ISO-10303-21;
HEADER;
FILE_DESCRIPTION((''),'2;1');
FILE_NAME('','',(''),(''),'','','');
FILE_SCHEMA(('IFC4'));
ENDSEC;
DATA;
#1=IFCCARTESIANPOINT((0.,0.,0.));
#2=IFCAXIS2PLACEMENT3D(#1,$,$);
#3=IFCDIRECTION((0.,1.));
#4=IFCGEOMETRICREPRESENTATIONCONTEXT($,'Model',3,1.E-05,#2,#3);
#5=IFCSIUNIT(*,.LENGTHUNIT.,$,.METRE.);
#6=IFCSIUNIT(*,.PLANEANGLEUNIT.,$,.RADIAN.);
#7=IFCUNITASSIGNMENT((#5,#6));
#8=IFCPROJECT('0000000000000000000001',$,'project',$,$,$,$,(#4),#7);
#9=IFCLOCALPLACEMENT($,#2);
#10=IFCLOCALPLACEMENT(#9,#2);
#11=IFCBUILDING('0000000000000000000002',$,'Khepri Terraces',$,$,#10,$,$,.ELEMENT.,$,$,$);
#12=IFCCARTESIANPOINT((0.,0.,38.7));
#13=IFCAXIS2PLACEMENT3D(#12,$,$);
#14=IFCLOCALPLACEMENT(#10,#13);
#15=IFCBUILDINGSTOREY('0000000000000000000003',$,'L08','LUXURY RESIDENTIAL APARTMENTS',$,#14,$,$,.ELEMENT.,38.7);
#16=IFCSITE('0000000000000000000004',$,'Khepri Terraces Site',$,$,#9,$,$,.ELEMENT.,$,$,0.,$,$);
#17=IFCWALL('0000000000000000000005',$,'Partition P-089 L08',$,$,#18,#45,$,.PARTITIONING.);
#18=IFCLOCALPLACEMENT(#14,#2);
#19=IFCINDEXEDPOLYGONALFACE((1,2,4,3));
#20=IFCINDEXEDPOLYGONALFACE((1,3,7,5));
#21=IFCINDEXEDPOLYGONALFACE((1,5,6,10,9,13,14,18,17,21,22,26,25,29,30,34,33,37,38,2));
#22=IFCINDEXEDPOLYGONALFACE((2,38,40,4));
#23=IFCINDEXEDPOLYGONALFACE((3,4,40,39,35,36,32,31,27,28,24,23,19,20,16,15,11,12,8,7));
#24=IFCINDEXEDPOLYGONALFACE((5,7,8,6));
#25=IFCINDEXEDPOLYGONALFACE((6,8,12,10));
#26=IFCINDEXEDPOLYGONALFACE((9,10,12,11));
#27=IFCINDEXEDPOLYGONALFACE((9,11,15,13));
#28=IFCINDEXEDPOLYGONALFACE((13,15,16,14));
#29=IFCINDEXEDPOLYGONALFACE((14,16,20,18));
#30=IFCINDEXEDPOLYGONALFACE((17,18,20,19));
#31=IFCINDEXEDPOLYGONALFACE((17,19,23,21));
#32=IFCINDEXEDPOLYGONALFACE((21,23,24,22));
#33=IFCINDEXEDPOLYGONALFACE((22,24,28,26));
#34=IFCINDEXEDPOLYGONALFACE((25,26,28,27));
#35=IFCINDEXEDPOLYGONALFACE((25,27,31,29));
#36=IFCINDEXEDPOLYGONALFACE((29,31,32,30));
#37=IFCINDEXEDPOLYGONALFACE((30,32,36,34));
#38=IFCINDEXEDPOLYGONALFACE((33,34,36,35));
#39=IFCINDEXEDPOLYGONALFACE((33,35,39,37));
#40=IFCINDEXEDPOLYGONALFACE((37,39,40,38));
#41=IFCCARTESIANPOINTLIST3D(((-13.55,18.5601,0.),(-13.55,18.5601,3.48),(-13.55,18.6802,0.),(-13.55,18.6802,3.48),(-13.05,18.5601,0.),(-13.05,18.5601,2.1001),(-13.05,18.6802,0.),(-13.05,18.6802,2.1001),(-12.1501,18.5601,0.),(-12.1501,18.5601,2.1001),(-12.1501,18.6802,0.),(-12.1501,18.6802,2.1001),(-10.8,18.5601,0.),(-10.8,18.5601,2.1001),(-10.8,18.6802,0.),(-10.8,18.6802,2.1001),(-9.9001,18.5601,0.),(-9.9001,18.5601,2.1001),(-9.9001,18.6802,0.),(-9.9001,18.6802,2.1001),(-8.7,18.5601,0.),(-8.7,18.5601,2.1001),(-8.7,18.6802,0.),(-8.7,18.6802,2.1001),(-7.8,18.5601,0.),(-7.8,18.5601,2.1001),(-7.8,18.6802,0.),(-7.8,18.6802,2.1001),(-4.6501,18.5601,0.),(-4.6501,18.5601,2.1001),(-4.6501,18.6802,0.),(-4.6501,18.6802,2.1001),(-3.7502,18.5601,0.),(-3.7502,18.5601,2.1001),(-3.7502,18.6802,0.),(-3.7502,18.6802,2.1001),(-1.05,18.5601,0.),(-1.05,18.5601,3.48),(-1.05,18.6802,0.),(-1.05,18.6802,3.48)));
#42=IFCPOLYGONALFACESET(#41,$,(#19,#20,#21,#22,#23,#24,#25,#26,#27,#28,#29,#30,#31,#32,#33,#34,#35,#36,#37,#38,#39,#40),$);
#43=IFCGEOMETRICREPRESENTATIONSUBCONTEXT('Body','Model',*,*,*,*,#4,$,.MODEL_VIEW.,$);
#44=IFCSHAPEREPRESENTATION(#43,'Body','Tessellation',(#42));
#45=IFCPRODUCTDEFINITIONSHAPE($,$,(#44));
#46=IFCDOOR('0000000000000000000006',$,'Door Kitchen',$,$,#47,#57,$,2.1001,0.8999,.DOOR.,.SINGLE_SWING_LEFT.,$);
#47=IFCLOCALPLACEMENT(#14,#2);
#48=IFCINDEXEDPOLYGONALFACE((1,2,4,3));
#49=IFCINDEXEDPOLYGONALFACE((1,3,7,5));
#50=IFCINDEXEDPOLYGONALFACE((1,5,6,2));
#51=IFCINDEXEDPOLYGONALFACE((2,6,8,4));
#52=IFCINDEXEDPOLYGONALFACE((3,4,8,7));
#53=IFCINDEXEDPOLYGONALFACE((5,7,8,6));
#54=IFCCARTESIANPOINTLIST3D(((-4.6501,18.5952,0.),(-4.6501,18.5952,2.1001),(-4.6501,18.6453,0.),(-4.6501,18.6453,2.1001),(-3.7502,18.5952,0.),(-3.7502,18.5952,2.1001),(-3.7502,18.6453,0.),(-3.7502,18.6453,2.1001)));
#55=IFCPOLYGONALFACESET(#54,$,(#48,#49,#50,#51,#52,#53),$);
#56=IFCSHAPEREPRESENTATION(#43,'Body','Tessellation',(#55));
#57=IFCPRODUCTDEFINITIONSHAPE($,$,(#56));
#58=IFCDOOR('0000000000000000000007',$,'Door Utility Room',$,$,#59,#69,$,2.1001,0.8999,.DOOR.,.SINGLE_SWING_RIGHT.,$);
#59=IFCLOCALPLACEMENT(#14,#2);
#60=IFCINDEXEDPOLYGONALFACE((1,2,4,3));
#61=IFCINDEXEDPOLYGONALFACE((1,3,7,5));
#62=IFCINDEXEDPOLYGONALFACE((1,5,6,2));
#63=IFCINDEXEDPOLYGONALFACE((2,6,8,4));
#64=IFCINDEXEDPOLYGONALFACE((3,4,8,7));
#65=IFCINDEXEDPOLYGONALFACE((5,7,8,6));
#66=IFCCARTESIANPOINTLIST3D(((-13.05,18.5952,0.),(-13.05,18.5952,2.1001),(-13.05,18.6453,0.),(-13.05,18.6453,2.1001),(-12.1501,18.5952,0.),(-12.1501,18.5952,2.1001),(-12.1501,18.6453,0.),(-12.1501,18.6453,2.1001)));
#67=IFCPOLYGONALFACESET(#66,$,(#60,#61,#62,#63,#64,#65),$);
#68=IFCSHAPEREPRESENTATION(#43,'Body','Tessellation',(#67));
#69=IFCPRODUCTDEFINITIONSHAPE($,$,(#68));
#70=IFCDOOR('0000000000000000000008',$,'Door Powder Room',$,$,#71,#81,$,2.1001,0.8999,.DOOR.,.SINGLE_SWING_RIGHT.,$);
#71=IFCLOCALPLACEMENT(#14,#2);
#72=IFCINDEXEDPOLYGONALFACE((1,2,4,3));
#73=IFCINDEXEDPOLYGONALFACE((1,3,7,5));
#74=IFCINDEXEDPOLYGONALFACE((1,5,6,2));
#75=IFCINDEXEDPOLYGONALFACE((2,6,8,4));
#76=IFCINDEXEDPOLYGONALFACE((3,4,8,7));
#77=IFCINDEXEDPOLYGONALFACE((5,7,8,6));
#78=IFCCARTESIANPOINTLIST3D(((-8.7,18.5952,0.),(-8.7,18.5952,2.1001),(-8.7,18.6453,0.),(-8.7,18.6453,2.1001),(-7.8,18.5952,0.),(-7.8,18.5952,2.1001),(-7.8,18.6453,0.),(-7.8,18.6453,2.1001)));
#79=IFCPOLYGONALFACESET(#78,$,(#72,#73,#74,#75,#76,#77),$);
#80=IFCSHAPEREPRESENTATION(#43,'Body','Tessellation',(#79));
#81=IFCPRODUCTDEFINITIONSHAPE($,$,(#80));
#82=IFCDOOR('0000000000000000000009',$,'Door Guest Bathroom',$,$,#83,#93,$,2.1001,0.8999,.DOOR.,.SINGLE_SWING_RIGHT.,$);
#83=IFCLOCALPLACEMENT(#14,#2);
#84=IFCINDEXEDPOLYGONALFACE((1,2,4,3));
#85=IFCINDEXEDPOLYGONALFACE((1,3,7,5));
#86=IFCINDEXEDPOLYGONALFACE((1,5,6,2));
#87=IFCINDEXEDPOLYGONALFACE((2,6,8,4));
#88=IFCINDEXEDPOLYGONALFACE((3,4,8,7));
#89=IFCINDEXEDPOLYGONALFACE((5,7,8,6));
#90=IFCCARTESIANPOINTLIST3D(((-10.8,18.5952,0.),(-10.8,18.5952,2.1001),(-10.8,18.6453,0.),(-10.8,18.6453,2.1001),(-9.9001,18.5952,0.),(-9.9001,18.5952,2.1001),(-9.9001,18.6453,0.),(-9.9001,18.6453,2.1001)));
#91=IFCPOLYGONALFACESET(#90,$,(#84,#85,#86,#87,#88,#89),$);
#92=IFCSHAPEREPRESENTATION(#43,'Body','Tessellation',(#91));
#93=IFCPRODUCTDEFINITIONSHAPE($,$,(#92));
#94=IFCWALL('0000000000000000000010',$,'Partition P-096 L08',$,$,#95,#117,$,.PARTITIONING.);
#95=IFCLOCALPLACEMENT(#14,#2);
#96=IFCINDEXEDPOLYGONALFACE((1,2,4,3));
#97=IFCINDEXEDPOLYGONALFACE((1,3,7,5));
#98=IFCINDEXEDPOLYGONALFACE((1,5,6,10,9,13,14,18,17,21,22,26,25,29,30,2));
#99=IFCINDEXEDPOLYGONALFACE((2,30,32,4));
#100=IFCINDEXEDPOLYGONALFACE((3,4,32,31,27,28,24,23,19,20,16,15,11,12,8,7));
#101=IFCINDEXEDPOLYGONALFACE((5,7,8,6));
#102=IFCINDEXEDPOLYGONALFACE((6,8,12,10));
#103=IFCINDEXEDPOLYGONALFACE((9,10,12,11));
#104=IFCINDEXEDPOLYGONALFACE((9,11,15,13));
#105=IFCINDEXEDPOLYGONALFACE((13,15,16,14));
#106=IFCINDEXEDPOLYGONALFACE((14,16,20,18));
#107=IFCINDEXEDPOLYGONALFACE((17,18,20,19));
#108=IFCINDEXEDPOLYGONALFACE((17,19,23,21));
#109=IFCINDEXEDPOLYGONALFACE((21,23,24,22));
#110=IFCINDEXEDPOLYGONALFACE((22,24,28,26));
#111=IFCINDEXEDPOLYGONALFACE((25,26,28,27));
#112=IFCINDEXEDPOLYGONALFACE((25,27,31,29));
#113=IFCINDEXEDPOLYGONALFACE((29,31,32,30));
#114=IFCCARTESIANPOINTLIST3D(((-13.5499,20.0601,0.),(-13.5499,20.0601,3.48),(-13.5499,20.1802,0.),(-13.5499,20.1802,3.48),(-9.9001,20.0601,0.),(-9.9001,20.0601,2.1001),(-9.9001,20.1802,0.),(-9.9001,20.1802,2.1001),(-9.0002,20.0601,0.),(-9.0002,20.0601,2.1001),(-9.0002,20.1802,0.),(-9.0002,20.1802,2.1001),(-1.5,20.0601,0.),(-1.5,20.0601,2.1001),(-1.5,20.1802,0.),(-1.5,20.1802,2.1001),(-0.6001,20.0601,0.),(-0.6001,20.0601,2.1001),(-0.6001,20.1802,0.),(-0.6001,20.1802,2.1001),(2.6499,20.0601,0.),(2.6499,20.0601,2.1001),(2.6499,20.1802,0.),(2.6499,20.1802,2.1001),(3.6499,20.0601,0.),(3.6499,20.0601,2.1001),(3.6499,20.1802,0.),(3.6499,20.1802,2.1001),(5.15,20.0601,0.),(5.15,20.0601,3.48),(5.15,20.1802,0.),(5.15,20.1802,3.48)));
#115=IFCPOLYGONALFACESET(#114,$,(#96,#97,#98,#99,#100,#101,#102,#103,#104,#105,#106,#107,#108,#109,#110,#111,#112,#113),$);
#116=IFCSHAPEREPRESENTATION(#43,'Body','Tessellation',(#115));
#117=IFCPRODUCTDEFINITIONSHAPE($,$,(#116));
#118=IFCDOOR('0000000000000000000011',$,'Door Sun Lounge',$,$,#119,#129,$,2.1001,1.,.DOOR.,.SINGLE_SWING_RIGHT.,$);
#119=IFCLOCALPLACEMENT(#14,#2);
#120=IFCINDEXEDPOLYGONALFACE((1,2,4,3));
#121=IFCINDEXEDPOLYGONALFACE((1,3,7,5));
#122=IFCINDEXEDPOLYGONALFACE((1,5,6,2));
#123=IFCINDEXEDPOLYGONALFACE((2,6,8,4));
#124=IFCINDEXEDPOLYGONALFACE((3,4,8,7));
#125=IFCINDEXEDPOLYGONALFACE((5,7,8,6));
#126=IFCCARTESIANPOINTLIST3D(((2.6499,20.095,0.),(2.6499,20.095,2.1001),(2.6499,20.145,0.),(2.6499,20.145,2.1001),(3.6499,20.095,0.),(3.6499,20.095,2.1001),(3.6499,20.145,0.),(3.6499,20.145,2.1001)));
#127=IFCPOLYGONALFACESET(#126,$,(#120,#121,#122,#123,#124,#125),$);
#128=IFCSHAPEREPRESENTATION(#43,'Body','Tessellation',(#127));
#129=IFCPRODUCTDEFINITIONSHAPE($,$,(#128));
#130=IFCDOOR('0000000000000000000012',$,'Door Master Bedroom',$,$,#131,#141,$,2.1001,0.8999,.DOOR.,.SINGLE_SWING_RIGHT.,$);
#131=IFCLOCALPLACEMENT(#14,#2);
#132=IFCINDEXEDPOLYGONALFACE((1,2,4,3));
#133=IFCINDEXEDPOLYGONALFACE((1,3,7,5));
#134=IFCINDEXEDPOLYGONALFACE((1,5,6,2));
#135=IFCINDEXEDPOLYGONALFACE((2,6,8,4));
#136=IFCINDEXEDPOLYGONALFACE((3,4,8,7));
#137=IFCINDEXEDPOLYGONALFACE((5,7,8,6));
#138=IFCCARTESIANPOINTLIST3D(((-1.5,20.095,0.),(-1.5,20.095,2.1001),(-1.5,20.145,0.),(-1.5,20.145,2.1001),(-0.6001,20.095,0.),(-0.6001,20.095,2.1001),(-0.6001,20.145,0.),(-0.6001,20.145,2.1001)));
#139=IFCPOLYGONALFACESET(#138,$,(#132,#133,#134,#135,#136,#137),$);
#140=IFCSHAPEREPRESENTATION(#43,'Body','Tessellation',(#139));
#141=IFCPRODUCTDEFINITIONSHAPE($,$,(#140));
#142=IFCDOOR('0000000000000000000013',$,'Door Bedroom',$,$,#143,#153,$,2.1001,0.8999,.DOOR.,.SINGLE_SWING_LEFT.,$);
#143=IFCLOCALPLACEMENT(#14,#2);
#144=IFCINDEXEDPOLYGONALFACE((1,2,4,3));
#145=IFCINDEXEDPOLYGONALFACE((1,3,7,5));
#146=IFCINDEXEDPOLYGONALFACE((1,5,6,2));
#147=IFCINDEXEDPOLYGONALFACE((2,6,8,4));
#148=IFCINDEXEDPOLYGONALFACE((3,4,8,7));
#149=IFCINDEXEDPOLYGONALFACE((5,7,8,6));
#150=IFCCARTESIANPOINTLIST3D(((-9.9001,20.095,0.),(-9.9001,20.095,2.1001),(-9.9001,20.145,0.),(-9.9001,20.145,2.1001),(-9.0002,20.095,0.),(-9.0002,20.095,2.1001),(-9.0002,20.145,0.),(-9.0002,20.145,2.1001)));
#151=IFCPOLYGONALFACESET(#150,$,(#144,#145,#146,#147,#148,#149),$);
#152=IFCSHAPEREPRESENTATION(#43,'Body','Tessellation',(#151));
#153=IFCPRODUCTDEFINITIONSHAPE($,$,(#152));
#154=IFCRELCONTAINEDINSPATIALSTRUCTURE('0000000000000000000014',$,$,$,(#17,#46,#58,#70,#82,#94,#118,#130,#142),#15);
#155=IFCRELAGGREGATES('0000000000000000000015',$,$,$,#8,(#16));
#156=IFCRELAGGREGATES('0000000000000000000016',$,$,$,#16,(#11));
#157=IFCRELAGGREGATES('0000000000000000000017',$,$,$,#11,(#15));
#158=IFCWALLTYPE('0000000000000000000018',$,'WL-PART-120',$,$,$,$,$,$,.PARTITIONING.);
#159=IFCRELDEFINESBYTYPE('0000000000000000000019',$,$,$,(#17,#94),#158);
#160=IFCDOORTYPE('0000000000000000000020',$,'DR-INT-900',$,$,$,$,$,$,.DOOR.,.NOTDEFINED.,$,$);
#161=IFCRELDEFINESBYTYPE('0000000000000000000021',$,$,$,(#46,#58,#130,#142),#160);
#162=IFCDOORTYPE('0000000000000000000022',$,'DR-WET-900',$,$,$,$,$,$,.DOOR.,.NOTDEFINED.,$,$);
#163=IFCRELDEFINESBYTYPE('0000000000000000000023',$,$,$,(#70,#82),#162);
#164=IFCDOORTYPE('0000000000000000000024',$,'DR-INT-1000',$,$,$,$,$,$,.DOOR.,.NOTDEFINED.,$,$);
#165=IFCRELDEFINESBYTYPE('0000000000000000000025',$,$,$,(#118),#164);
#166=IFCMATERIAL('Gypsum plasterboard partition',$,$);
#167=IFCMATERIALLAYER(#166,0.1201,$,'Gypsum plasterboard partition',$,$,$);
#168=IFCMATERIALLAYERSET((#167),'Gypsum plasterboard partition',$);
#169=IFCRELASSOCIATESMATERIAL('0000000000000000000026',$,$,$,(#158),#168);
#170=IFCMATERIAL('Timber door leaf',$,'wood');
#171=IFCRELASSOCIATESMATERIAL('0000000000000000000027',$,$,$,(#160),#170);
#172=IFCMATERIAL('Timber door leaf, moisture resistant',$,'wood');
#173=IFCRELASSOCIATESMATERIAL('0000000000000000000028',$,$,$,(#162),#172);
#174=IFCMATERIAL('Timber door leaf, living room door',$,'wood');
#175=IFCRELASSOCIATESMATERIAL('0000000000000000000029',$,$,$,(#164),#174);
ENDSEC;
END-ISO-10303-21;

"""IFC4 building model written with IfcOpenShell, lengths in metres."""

from ifc_helpers import new_model, si_unit, direction, frame, frame_2d, origin, place, context, subcontext, project, spatial, rectangle, extrude, material, layer, layer_set, type_object, element, fill, save


model = new_model("IFC4")

# Units and contexts
model_context = context("Model", 3, precision=1e-05, world=origin(), true_north=direction((0.0, 1.0)))
body_context = subcontext(model_context, "Body", "Model", "MODEL_VIEW")
ifc_project = project(units=[si_unit("LENGTHUNIT", "METRE"), si_unit("PLANEANGLEUNIT", "RADIAN")], contexts=[model_context])

# Site, building, storey
site_placement = place(None, origin())
site = spatial("IfcSite", under=ifc_project, at=site_placement, Name="Khepri Terraces Site", CompositionType="ELEMENT", RefElevation=0.0)
building_placement = place(site_placement, origin())
building = spatial("IfcBuilding", under=site, at=building_placement, Name="Khepri Terraces", CompositionType="ELEMENT")
storey_placement = place(building_placement, frame((0.0, 0.0, 38.7)))
storey = spatial("IfcBuildingStorey", under=building, at=storey_placement, Name="L08", Description="LUXURY RESIDENTIAL APARTMENTS", CompositionType="ELEMENT", Elevation=38.7)

# Shared definitions
ifc_material_1 = material(Name="Gypsum plasterboard partition")
ifc_layer_1 = layer(ifc_material_1, 0.1201, Name="Gypsum plasterboard partition")
ifc_layer_set_1 = layer_set([ifc_layer_1], Name="Gypsum plasterboard partition")
wall_type_1 = type_object("IfcWallType", Name="WL-PART-120", PredefinedType="PARTITIONING", material=ifc_layer_set_1)

# Shared definitions
ifc_material_2 = material(Name="Timber door leaf", Category="wood")
door_type_1 = type_object("IfcDoorType", Name="DR-INT-900", OperationType="NOTDEFINED", PredefinedType="DOOR", material=ifc_material_2)

# Walls, openings, doors
wall_1_placement = place(storey_placement, frame((-13.55, 18.6201, 0.0), z_axis=(0.0, 0.0, 1.0), x_axis=(1.0, 0.0, 0.0)))
wall_1 = element("IfcWall", 1, at=wall_1_placement, inside=storey, type_object=wall_type_1, Name="Partition P-089 L08", PredefinedType="PARTITIONING", context=body_context, shape_type="SweptSolid", body=[
    extrude(rectangle(XDim=12.5, YDim=0.1201, at=frame_2d((6.25, 0.0))), origin(), (0.0, 0.0, 1.0), 3.48),
])
opening_1_placement = place(wall_1_placement, frame((8.8999, 0.0, 0.0)))
opening_1 = element("IfcOpeningElement", 2, at=opening_1_placement, cuts=wall_1, PredefinedType="OPENING", context=body_context, shape_type="SweptSolid", body=[
    extrude(rectangle(XDim=0.8999, YDim=2.1001, at=frame_2d((0.45, 1.05))), frame((0.0, 0.0701, 0.0), z_axis=(0.0, -1.0, 0.0), x_axis=(1.0, 0.0, 0.0)), (0.0, 0.0, 1.0), 0.1401),
])
opening_2_placement = place(wall_1_placement, frame((4.8501, 0.0, 0.0)))
opening_2 = element("IfcOpeningElement", 3, at=opening_2_placement, cuts=wall_1, PredefinedType="OPENING", context=body_context, shape_type="SweptSolid", body=[
    extrude(rectangle(XDim=0.8999, YDim=2.1001, at=frame_2d((0.45, 1.05))), frame((0.0, 0.0701, 0.0), z_axis=(0.0, -1.0, 0.0), x_axis=(1.0, 0.0, 0.0)), (0.0, 0.0, 1.0), 0.1401),
])
opening_3_placement = place(wall_1_placement, frame((2.75, 0.0, 0.0)))
opening_3 = element("IfcOpeningElement", 4, at=opening_3_placement, cuts=wall_1, PredefinedType="OPENING", context=body_context, shape_type="SweptSolid", body=[
    extrude(rectangle(XDim=0.8999, YDim=2.1001, at=frame_2d((0.45, 1.05))), frame((0.0, 0.0701, 0.0), z_axis=(0.0, -1.0, 0.0), x_axis=(1.0, 0.0, 0.0)), (0.0, 0.0, 1.0), 0.1401),
])
opening_4_placement = place(wall_1_placement, frame((0.5, 0.0, 0.0)))
opening_4 = element("IfcOpeningElement", 5, at=opening_4_placement, cuts=wall_1, PredefinedType="OPENING", context=body_context, shape_type="SweptSolid", body=[
    extrude(rectangle(XDim=0.8999, YDim=2.1001, at=frame_2d((0.45, 1.05))), frame((0.0, 0.0701, 0.0), z_axis=(0.0, -1.0, 0.0), x_axis=(1.0, 0.0, 0.0)), (0.0, 0.0, 1.0), 0.1401),
])
door_1_placement = place(opening_1_placement, frame((0.8999, 0.0, 0.0), z_axis=(0.0, 0.0, 1.0), x_axis=(-1.0, 0.0, 0.0)))
door_1 = element("IfcDoor", 6, at=door_1_placement, inside=storey, type_object=door_type_1, Name="Door Kitchen", OperationType="SINGLE_SWING_LEFT", OverallHeight=2.1001, OverallWidth=0.8999, PredefinedType="DOOR", context=body_context, shape_type="SweptSolid", body=[
    extrude(rectangle(XDim=0.8999, YDim=2.1001, at=frame_2d((0.45, 1.05))), frame((0.0, 0.0249, 0.0), z_axis=(0.0, -1.0, 0.0), x_axis=(1.0, 0.0, 0.0)), (0.0, 0.0, 1.0), 0.05),
])
fill(opening_1, door_1)
door_2_placement = place(opening_4_placement, frame((0.8999, 0.0, 0.0), z_axis=(0.0, 0.0, 1.0), x_axis=(-1.0, 0.0, 0.0)))
door_2 = element("IfcDoor", 7, at=door_2_placement, inside=storey, type_object=door_type_1, Name="Door Utility Room", OperationType="SINGLE_SWING_RIGHT", OverallHeight=2.1001, OverallWidth=0.8999, PredefinedType="DOOR", context=body_context, shape_type="SweptSolid", body=[
    extrude(rectangle(XDim=0.8999, YDim=2.1001, at=frame_2d((0.45, 1.05))), frame((0.0, 0.0249, 0.0), z_axis=(0.0, -1.0, 0.0), x_axis=(1.0, 0.0, 0.0)), (0.0, 0.0, 1.0), 0.05),
])
fill(opening_4, door_2)
ifc_material_3 = material(Name="Timber door leaf, moisture resistant", Category="wood")
door_type_2 = type_object("IfcDoorType", Name="DR-WET-900", OperationType="NOTDEFINED", PredefinedType="DOOR", material=ifc_material_3)
door_3_placement = place(opening_2_placement, frame((0.8999, 0.0, 0.0), z_axis=(0.0, 0.0, 1.0), x_axis=(-1.0, 0.0, 0.0)))
door_3 = element("IfcDoor", 8, at=door_3_placement, inside=storey, type_object=door_type_2, Name="Door Powder Room", OperationType="SINGLE_SWING_RIGHT", OverallHeight=2.1001, OverallWidth=0.8999, PredefinedType="DOOR", context=body_context, shape_type="SweptSolid", body=[
    extrude(rectangle(XDim=0.8999, YDim=2.1001, at=frame_2d((0.45, 1.05))), frame((0.0, 0.0249, 0.0), z_axis=(0.0, -1.0, 0.0), x_axis=(1.0, 0.0, 0.0)), (0.0, 0.0, 1.0), 0.05),
])
fill(opening_2, door_3)
door_4_placement = place(opening_3_placement, frame((0.8999, 0.0, 0.0), z_axis=(0.0, 0.0, 1.0), x_axis=(-1.0, 0.0, 0.0)))
door_4 = element("IfcDoor", 9, at=door_4_placement, inside=storey, type_object=door_type_2, Name="Door Guest Bathroom", OperationType="SINGLE_SWING_RIGHT", OverallHeight=2.1001, OverallWidth=0.8999, PredefinedType="DOOR", context=body_context, shape_type="SweptSolid", body=[
    extrude(rectangle(XDim=0.8999, YDim=2.1001, at=frame_2d((0.45, 1.05))), frame((0.0, 0.0249, 0.0), z_axis=(0.0, -1.0, 0.0), x_axis=(1.0, 0.0, 0.0)), (0.0, 0.0, 1.0), 0.05),
])
fill(opening_3, door_4)
wall_2_placement = place(storey_placement, frame((-13.55, 20.1201, 0.0), z_axis=(0.0, 0.0, 1.0), x_axis=(1.0, 0.0, 0.0)))
wall_2 = element("IfcWall", 10, at=wall_2_placement, inside=storey, type_object=wall_type_1, Name="Partition P-096 L08", PredefinedType="PARTITIONING", context=body_context, shape_type="SweptSolid", body=[
    extrude(rectangle(XDim=18.7, YDim=0.1201, at=frame_2d((9.3501, 0.0))), origin(), (0.0, 0.0, 1.0), 3.48),
])
opening_5_placement = place(wall_2_placement, frame((16.2, 0.0, 0.0)))
opening_5 = element("IfcOpeningElement", 11, at=opening_5_placement, cuts=wall_2, PredefinedType="OPENING", context=body_context, shape_type="SweptSolid", body=[
    extrude(rectangle(XDim=1.0, YDim=2.1001, at=frame_2d((0.5, 1.05))), frame((0.0, 0.0701, 0.0), z_axis=(0.0, -1.0, 0.0), x_axis=(1.0, 0.0, 0.0)), (0.0, 0.0, 1.0), 0.1401),
])
opening_6_placement = place(wall_2_placement, frame((12.05, 0.0, 0.0)))
opening_6 = element("IfcOpeningElement", 12, at=opening_6_placement, cuts=wall_2, PredefinedType="OPENING", context=body_context, shape_type="SweptSolid", body=[
    extrude(rectangle(XDim=0.8999, YDim=2.1001, at=frame_2d((0.45, 1.05))), frame((0.0, 0.0701, 0.0), z_axis=(0.0, -1.0, 0.0), x_axis=(1.0, 0.0, 0.0)), (0.0, 0.0, 1.0), 0.1401),
])
opening_7_placement = place(wall_2_placement, frame((3.6499, 0.0, 0.0)))
opening_7 = element("IfcOpeningElement", 13, at=opening_7_placement, cuts=wall_2, PredefinedType="OPENING", context=body_context, shape_type="SweptSolid", body=[
    extrude(rectangle(XDim=0.8999, YDim=2.1001, at=frame_2d((0.45, 1.05))), frame((0.0, 0.0701, 0.0), z_axis=(0.0, -1.0, 0.0), x_axis=(1.0, 0.0, 0.0)), (0.0, 0.0, 1.0), 0.1401),
])
ifc_material_4 = material(Name="Timber door leaf, living room door", Category="wood")
door_type_3 = type_object("IfcDoorType", Name="DR-INT-1000", OperationType="NOTDEFINED", PredefinedType="DOOR", material=ifc_material_4)
door_5_placement = place(opening_5_placement, origin())
door_5 = element("IfcDoor", 14, at=door_5_placement, inside=storey, type_object=door_type_3, Name="Door Sun Lounge", OperationType="SINGLE_SWING_RIGHT", OverallHeight=2.1001, OverallWidth=1.0, PredefinedType="DOOR", context=body_context, shape_type="SweptSolid", body=[
    extrude(rectangle(XDim=1.0, YDim=2.1001, at=frame_2d((0.5, 1.05))), frame((0.0, 0.0249, 0.0), z_axis=(0.0, -1.0, 0.0), x_axis=(1.0, 0.0, 0.0)), (0.0, 0.0, 1.0), 0.05),
])
fill(opening_5, door_5)
door_6_placement = place(opening_6_placement, origin())
door_6 = element("IfcDoor", 15, at=door_6_placement, inside=storey, type_object=door_type_1, Name="Door Master Bedroom", OperationType="SINGLE_SWING_RIGHT", OverallHeight=2.1001, OverallWidth=0.8999, PredefinedType="DOOR", context=body_context, shape_type="SweptSolid", body=[
    extrude(rectangle(XDim=0.8999, YDim=2.1001, at=frame_2d((0.45, 1.05))), frame((0.0, 0.0249, 0.0), z_axis=(0.0, -1.0, 0.0), x_axis=(1.0, 0.0, 0.0)), (0.0, 0.0, 1.0), 0.05),
])
fill(opening_6, door_6)
door_7_placement = place(opening_7_placement, origin())
door_7 = element("IfcDoor", 16, at=door_7_placement, inside=storey, type_object=door_type_1, Name="Door Bedroom", OperationType="SINGLE_SWING_LEFT", OverallHeight=2.1001, OverallWidth=0.8999, PredefinedType="DOOR", context=body_context, shape_type="SweptSolid", body=[
    extrude(rectangle(XDim=0.8999, YDim=2.1001, at=frame_2d((0.45, 1.05))), frame((0.0, 0.0249, 0.0), z_axis=(0.0, -1.0, 0.0), x_axis=(1.0, 0.0, 0.0)), (0.0, 0.0, 1.0), 0.05),
])
fill(opening_7, door_7)

save(model, "model.ifc")
